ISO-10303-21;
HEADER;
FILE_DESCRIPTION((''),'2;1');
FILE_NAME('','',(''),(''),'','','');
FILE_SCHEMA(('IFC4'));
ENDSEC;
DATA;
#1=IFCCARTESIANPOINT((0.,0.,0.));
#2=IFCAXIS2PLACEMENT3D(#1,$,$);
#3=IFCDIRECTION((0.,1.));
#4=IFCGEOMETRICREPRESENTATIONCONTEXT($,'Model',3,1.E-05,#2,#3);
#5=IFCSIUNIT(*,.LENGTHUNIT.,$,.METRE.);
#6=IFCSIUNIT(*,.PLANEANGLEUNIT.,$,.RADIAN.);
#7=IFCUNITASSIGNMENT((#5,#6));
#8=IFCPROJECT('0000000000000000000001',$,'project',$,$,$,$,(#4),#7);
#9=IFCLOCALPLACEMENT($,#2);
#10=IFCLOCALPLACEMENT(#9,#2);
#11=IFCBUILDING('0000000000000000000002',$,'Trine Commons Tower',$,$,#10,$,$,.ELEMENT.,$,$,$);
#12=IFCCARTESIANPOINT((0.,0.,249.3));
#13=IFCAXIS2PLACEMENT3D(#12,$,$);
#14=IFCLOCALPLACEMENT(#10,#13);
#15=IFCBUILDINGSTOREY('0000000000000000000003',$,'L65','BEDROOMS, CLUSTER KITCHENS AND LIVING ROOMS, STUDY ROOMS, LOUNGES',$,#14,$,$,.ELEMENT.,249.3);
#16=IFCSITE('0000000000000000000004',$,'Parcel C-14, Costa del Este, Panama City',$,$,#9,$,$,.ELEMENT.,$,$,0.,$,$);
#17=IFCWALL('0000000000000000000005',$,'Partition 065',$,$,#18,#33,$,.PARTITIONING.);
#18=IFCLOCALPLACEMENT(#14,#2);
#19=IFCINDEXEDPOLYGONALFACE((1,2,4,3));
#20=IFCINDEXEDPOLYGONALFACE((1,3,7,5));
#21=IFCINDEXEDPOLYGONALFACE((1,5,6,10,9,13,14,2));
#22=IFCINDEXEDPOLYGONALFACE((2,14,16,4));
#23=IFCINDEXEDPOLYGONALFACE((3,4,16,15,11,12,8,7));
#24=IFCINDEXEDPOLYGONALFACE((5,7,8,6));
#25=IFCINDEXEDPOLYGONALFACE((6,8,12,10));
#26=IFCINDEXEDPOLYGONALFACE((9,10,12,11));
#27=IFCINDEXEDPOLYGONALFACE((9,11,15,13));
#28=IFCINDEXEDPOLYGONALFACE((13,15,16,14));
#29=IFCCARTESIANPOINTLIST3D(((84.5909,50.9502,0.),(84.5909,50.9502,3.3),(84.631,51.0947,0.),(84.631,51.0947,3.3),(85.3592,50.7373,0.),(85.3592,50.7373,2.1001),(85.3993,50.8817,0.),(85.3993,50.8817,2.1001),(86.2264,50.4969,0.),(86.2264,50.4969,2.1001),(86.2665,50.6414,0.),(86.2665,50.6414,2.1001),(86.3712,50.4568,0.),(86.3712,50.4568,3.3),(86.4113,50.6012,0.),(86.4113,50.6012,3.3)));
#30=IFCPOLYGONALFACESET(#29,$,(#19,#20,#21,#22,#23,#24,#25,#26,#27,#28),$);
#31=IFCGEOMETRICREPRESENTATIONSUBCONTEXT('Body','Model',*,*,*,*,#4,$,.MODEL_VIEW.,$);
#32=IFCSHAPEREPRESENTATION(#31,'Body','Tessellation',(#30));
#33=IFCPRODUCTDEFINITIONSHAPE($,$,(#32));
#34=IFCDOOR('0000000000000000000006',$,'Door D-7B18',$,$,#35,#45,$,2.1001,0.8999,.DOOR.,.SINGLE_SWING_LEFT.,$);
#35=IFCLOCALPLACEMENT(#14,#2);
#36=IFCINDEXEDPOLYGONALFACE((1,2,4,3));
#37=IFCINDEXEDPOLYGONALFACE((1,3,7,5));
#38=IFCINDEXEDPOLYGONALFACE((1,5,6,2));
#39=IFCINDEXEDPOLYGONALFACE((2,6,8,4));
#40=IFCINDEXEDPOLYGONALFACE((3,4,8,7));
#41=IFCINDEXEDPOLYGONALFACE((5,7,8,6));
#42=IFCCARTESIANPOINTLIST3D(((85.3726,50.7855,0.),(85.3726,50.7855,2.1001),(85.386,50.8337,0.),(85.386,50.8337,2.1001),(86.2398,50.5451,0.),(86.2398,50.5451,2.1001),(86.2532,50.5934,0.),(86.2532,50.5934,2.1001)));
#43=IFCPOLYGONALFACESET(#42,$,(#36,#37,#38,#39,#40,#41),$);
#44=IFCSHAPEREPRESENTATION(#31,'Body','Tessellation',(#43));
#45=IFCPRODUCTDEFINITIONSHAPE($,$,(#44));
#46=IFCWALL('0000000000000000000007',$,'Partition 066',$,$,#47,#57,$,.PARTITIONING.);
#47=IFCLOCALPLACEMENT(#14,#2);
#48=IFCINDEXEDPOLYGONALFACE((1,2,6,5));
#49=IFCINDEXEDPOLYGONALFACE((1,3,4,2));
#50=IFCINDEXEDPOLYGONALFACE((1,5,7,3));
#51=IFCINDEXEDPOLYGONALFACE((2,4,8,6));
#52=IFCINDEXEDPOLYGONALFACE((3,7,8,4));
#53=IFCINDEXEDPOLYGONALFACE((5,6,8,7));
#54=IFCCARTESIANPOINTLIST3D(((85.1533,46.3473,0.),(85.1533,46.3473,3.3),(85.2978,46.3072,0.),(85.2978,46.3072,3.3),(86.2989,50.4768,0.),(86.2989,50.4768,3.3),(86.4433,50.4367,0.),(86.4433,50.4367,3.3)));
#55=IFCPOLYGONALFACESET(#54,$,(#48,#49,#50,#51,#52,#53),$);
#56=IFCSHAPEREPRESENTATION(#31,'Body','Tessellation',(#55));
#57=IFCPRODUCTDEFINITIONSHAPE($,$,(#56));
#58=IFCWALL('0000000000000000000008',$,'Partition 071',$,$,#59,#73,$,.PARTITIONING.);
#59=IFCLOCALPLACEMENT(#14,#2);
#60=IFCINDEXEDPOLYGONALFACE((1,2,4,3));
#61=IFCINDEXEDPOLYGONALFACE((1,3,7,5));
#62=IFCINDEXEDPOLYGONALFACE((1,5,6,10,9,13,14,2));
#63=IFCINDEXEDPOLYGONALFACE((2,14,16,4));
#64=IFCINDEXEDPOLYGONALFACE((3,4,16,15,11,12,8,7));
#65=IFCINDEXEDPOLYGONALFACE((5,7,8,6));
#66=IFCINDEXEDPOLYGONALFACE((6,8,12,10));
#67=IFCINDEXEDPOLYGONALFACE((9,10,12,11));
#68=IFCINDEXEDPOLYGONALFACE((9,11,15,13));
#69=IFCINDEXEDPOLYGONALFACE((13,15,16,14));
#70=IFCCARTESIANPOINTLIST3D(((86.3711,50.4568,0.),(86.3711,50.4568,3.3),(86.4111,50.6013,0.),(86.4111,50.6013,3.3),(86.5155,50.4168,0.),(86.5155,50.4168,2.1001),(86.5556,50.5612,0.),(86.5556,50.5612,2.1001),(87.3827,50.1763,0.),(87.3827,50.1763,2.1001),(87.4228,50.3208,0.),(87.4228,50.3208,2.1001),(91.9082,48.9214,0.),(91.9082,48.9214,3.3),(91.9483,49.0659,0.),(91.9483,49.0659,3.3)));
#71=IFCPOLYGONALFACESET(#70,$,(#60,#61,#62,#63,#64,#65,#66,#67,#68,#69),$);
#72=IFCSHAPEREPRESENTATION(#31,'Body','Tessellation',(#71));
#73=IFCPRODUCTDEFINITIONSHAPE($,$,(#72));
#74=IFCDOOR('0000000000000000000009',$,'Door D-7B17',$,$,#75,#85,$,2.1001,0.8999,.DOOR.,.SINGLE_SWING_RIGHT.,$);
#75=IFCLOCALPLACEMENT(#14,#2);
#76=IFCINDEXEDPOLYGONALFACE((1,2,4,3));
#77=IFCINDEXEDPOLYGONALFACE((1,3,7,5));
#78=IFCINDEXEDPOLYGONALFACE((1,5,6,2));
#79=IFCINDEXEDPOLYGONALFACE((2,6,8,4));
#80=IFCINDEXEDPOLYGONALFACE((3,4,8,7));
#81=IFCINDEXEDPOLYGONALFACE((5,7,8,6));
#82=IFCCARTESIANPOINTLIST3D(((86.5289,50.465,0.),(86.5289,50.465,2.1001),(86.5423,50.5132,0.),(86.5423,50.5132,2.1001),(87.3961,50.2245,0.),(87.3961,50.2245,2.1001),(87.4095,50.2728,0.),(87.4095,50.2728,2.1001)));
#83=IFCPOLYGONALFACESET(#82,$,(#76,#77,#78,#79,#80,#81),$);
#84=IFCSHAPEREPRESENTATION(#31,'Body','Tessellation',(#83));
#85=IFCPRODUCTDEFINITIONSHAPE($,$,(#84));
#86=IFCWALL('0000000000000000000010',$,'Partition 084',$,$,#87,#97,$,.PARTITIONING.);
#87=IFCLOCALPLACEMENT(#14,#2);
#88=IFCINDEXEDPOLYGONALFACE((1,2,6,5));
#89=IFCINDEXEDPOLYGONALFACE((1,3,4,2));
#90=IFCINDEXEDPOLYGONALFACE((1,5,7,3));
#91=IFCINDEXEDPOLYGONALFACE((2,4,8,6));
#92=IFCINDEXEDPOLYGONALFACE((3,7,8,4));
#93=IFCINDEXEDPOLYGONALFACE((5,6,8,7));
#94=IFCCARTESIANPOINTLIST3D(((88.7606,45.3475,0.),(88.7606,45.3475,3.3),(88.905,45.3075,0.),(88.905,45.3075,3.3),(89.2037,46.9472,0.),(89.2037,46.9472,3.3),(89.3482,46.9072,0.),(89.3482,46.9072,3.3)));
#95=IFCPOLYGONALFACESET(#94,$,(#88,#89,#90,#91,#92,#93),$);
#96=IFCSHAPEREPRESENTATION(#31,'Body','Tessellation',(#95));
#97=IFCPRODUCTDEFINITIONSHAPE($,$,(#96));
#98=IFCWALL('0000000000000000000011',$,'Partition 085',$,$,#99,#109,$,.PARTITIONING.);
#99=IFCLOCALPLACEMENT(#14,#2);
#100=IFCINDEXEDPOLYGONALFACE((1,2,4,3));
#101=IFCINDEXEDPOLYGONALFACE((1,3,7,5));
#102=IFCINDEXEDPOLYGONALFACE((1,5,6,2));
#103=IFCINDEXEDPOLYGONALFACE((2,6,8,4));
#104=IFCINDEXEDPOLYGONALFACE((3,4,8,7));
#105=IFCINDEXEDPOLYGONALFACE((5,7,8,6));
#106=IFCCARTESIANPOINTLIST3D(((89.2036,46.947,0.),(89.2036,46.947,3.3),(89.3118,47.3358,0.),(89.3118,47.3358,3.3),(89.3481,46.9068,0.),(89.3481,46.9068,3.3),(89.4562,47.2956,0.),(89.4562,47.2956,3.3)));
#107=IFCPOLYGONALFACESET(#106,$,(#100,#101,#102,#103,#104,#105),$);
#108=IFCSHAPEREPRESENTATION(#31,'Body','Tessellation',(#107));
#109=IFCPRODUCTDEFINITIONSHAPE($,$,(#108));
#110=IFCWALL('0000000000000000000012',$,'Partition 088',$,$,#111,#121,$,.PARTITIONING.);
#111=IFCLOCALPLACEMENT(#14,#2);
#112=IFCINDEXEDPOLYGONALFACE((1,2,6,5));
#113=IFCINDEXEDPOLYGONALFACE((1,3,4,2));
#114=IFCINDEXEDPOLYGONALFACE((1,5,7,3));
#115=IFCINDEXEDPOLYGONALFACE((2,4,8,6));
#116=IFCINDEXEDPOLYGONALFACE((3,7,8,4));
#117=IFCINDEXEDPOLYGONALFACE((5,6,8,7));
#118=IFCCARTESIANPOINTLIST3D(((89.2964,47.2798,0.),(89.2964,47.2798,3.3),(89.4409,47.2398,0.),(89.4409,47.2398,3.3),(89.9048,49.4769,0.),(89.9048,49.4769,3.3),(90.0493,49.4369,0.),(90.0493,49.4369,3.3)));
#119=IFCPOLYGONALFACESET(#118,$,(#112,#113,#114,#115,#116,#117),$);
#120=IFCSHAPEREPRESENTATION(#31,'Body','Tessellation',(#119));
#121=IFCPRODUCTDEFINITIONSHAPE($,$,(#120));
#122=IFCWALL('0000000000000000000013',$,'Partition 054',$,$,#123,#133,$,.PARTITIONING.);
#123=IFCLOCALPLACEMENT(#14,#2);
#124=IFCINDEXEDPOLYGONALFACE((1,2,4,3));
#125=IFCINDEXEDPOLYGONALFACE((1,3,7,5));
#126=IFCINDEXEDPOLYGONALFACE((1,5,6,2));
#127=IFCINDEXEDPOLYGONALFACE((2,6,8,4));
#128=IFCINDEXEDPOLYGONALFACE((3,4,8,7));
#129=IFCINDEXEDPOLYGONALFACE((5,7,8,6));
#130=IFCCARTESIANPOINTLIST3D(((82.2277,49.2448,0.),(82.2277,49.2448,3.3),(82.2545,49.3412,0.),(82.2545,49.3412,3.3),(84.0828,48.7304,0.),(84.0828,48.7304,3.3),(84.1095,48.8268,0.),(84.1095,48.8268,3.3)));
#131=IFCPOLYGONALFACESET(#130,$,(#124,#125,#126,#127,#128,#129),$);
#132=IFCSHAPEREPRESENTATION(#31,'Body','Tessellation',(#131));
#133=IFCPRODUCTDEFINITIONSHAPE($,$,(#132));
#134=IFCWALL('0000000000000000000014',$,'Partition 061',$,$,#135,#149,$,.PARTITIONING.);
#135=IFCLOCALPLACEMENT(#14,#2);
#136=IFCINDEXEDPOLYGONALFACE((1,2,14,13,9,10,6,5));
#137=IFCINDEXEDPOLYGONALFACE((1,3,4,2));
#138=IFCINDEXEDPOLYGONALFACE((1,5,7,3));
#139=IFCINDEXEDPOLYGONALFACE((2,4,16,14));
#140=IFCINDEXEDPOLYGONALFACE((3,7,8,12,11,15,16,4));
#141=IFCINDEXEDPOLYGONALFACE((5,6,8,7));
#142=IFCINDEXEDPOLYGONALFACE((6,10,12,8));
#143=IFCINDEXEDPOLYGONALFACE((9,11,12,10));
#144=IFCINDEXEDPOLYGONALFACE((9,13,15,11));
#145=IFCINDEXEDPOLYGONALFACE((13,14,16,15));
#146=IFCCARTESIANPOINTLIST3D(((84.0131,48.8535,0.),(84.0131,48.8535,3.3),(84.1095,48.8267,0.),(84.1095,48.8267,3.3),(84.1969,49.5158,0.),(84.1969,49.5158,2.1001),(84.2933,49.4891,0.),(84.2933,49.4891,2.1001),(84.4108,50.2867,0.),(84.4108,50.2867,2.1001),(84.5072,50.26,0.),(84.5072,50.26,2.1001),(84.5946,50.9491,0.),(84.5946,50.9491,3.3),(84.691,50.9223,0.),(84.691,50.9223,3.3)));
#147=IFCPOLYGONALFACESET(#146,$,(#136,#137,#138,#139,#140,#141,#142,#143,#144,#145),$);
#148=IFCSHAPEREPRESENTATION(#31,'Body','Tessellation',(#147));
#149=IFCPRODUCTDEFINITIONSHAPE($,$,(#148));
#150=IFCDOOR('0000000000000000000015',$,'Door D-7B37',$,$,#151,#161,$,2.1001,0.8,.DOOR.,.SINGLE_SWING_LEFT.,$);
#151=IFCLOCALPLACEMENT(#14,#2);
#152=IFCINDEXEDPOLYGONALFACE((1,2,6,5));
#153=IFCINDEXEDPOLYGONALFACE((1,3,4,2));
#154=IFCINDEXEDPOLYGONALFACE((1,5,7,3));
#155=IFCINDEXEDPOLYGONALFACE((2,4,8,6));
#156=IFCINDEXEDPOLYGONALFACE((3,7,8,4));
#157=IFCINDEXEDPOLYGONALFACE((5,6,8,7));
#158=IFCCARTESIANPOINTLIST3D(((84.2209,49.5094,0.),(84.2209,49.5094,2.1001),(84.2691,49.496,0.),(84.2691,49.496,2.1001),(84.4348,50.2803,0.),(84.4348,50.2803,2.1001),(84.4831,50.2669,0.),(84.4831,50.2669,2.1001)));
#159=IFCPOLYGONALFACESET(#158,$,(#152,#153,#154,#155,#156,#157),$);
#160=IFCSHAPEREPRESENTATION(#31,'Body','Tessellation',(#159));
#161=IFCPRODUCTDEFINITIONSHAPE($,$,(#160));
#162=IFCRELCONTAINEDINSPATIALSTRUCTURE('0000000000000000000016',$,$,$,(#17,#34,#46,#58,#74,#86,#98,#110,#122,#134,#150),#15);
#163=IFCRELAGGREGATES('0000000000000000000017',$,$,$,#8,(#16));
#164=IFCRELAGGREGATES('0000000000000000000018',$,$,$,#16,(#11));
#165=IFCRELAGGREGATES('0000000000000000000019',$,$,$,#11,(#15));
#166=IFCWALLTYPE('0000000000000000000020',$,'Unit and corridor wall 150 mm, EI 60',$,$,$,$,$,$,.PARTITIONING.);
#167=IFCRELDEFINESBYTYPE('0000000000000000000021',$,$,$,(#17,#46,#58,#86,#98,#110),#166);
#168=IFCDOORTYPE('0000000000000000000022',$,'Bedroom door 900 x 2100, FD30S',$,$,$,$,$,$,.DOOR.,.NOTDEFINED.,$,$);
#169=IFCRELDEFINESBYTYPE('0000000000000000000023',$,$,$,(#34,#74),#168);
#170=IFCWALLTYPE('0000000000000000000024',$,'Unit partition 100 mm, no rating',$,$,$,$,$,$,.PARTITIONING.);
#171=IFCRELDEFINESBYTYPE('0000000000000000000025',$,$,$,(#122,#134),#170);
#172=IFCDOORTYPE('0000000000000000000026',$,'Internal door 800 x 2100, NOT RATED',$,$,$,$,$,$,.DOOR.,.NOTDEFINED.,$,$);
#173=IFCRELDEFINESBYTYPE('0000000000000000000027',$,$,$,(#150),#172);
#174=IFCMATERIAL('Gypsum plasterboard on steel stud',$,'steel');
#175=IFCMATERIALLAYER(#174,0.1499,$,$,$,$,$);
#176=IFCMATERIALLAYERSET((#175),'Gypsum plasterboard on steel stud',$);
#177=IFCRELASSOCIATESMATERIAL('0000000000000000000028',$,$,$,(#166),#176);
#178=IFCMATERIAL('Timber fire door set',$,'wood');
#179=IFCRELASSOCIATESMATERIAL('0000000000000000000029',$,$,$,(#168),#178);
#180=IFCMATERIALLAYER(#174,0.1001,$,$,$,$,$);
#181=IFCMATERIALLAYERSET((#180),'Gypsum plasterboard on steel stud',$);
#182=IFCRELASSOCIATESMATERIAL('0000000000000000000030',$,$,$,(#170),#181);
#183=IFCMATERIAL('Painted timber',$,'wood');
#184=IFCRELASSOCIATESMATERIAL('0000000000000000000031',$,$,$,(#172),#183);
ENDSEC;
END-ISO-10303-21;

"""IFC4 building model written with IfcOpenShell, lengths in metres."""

from ifc_helpers import new_model, si_unit, direction, frame, frame_2d, origin, place, context, subcontext, project, spatial, rectangle, extrude, material, layer, layer_set, type_object, element, fill, save


model = new_model("IFC4")

# Units and contexts
model_context = context("Model", 3, precision=1e-05, world=origin(), true_north=direction((0.0, 1.0)))
body_context = subcontext(model_context, "Body", "Model", "MODEL_VIEW")
ifc_project = project(units=[si_unit("LENGTHUNIT", "METRE"), si_unit("PLANEANGLEUNIT", "RADIAN")], contexts=[model_context])

# Site, building, storey
site_placement = place(None, origin())
site = spatial("IfcSite", under=ifc_project, at=site_placement, Name="Parcel C-14, Costa del Este, Panama City", CompositionType="ELEMENT", RefElevation=0.0)
building_placement = place(site_placement, origin())
building = spatial("IfcBuilding", under=site, at=building_placement, Name="Trine Commons Tower", CompositionType="ELEMENT")
storey_placement = place(building_placement, frame((0.0, 0.0, 249.3)))
storey = spatial("IfcBuildingStorey", under=building, at=storey_placement, Name="L65", Description="BEDROOMS, CLUSTER KITCHENS AND LIVING ROOMS, STUDY ROOMS, LOUNGES", CompositionType="ELEMENT", Elevation=249.3)

# Shared definitions
ifc_material_1 = material(Name="Gypsum plasterboard on steel stud", Category="steel")
ifc_layer_1 = layer(ifc_material_1, 0.1499)
ifc_layer_set_1 = layer_set([ifc_layer_1], Name="Gypsum plasterboard on steel stud")
wall_type_1 = type_object("IfcWallType", Name="Unit and corridor wall 150 mm, EI 60", PredefinedType="PARTITIONING", material=ifc_layer_set_1)
ifc_material_2 = material(Name="Painted timber", Category="wood")

# Wall, opening, door
ifc_material_3 = material(Name="Timber fire door set", Category="wood")
wall_1_placement = place(storey_placement, frame((84.6108, 51.0225, 0.0), z_axis=(0.0, 0.0, 1.0), x_axis=(0.963673, -0.267085, 0.0)))
wall_1 = element("IfcWall", 1, at=wall_1_placement, inside=storey, type_object=wall_type_1, Name="Partition 065", PredefinedType="PARTITIONING", context=body_context, shape_type="SweptSolid", body=[
    extrude(rectangle(XDim=1.8474, YDim=0.1499, at=frame_2d((0.9238, 0.0))), origin(), (0.0, 0.0, 1.0), 3.3),
])
opening_1_placement = place(wall_1_placement, frame((0.7974, 0.0, 0.0)))
opening_1 = element("IfcOpeningElement", 2, at=opening_1_placement, cuts=wall_1, PredefinedType="OPENING", context=body_context, shape_type="SweptSolid", body=[
    extrude(rectangle(XDim=0.8999, YDim=2.1001, at=frame_2d((0.45, 1.05))), frame((0.0, 0.085, 0.0), z_axis=(0.0, -1.0, 0.0), x_axis=(1.0, 0.0, 0.0)), (0.0, 0.0, 1.0), 0.1699),
])
door_type_1 = type_object("IfcDoorType", Name="Bedroom door 900 x 2100, FD30S", OperationType="NOTDEFINED", PredefinedType="DOOR", material=ifc_material_3)
door_1_placement = place(opening_1_placement, frame((0.8999, 0.0, 0.0), z_axis=(0.0, 0.0, 1.0), x_axis=(-1.0, 0.0, 0.0)))
door_1 = element("IfcDoor", 3, at=door_1_placement, inside=storey, type_object=door_type_1, Name="Door D-7B18", OperationType="SINGLE_SWING_LEFT", OverallHeight=2.1001, OverallWidth=0.8999, PredefinedType="DOOR", context=body_context, shape_type="SweptSolid", body=[
    extrude(rectangle(XDim=0.8999, YDim=2.1001, at=frame_2d((0.45, 1.05))), frame((0.0, 0.0249, 0.0), z_axis=(0.0, -1.0, 0.0), x_axis=(1.0, 0.0, 0.0)), (0.0, 0.0, 1.0), 0.05),
])
fill(opening_1, door_1)

# Wall
wall_2_placement = place(storey_placement, frame((85.2256, 46.3274, 0.0), z_axis=(0.0, 0.0, 1.0), x_axis=(0.267309, 0.963611, 0.0)))
element("IfcWall", 4, at=wall_2_placement, inside=storey, type_object=wall_type_1, Name="Partition 066", PredefinedType="PARTITIONING", context=body_context, shape_type="SweptSolid", body=[
    extrude(rectangle(XDim=4.2854, YDim=0.1499, at=frame_2d((2.1426, 0.0))), origin(), (0.0, 0.0, 1.0), 3.3),
])

# Wall, opening, door
wall_3_placement = place(storey_placement, frame((86.3911, 50.5291, 0.0), z_axis=(0.0, 0.0, 1.0), x_axis=(0.963638, -0.26721, 0.0)))
wall_3 = element("IfcWall", 5, at=wall_3_placement, inside=storey, type_object=wall_type_1, Name="Partition 071", PredefinedType="PARTITIONING", context=body_context, shape_type="SweptSolid", body=[
    extrude(rectangle(XDim=5.7461, YDim=0.1499, at=frame_2d((2.873, 0.0))), origin(), (0.0, 0.0, 1.0), 3.3),
])
opening_2_placement = place(wall_3_placement, frame((0.1499, 0.0, 0.0)))
opening_2 = element("IfcOpeningElement", 6, at=opening_2_placement, cuts=wall_3, PredefinedType="OPENING", context=body_context, shape_type="SweptSolid", body=[
    extrude(rectangle(XDim=0.8999, YDim=2.1001, at=frame_2d((0.45, 1.05))), frame((0.0, 0.085, 0.0), z_axis=(0.0, -1.0, 0.0), x_axis=(1.0, 0.0, 0.0)), (0.0, 0.0, 1.0), 0.1699),
])
door_2_placement = place(opening_2_placement, frame((0.8999, 0.0, 0.0), z_axis=(0.0, 0.0, 1.0), x_axis=(-1.0, 0.0, 0.0)))
door_2 = element("IfcDoor", 7, at=door_2_placement, inside=storey, type_object=door_type_1, Name="Door D-7B17", OperationType="SINGLE_SWING_RIGHT", OverallHeight=2.1001, OverallWidth=0.8999, PredefinedType="DOOR", context=body_context, shape_type="SweptSolid", body=[
    extrude(rectangle(XDim=0.8999, YDim=2.1001, at=frame_2d((0.45, 1.05))), frame((0.0, 0.0249, 0.0), z_axis=(0.0, -1.0, 0.0), x_axis=(1.0, 0.0, 0.0)), (0.0, 0.0, 1.0), 0.05),
])
fill(opening_2, door_2)

# Walls
wall_4_placement = place(storey_placement, frame((88.8328, 45.3274, 0.0), z_axis=(0.0, 0.0, 1.0), x_axis=(0.266961, 0.963707, 0.0)))
element("IfcWall", 8, at=wall_4_placement, inside=storey, type_object=wall_type_1, Name="Partition 084", PredefinedType="PARTITIONING", context=body_context, shape_type="SweptSolid", body=[
    extrude(rectangle(XDim=1.6599, YDim=0.1499, at=frame_2d((0.8301, 0.0))), origin(), (0.0, 0.0, 1.0), 3.3),
])
wall_5_placement = place(storey_placement, frame((89.2759, 46.927, 0.0), z_axis=(0.0, 0.0, 1.0), x_axis=(0.267925, 0.96344, 0.0)))
element("IfcWall", 9, at=wall_5_placement, inside=storey, type_object=wall_type_1, Name="Partition 085", PredefinedType="PARTITIONING", context=body_context, shape_type="SweptSolid", body=[
    extrude(rectangle(XDim=0.4036, YDim=0.1499, at=frame_2d((0.2017, 0.0))), origin(), (0.0, 0.0, 1.0), 3.3),
])
wall_6_placement = place(storey_placement, frame((89.3687, 47.2598, 0.0), z_axis=(0.0, 0.0, 1.0), x_axis=(0.266876, 0.963731, 0.0)))
element("IfcWall", 10, at=wall_6_placement, inside=storey, type_object=wall_type_1, Name="Partition 088", PredefinedType="PARTITIONING", context=body_context, shape_type="SweptSolid", body=[
    extrude(rectangle(XDim=2.2798, YDim=0.1499, at=frame_2d((1.1399, 0.0))), origin(), (0.0, 0.0, 1.0), 3.3),
])
ifc_layer_2 = layer(ifc_material_1, 0.1001)
ifc_layer_set_2 = layer_set([ifc_layer_2], Name="Gypsum plasterboard on steel stud")
wall_type_2 = type_object("IfcWallType", Name="Unit partition 100 mm, no rating", PredefinedType="PARTITIONING", material=ifc_layer_set_2)
wall_7_placement = place(storey_placement, frame((82.2412, 49.293, 0.0), z_axis=(0.0, 0.0, 1.0), x_axis=(0.963634, -0.267225, 0.0)))
element("IfcWall", 11, at=wall_7_placement, inside=storey, type_object=wall_type_2, Name="Partition 054", PredefinedType="PARTITIONING", context=body_context, shape_type="SweptSolid", body=[
    extrude(rectangle(XDim=1.925, YDim=0.1001, at=frame_2d((0.9624, 0.0))), origin(), (0.0, 0.0, 1.0), 3.3),
])

# Wall, opening, door
wall_8_placement = place(storey_placement, frame((84.0613, 48.8401, 0.0), z_axis=(0.0, 0.0, 1.0), x_axis=(0.267389, 0.963589, 0.0)))
wall_8 = element("IfcWall", 12, at=wall_8_placement, inside=storey, type_object=wall_type_2, Name="Partition 061", PredefinedType="PARTITIONING", context=body_context, shape_type="SweptSolid", body=[
    extrude(rectangle(XDim=2.1748, YDim=0.1001, at=frame_2d((1.0874, 0.0))), origin(), (0.0, 0.0, 1.0), 3.3),
])
opening_3_placement = place(wall_8_placement, frame((0.6875, 0.0, 0.0)))
opening_3 = element("IfcOpeningElement", 13, at=opening_3_placement, cuts=wall_8, PredefinedType="OPENING", context=body_context, shape_type="SweptSolid", body=[
    extrude(rectangle(XDim=0.8, YDim=2.1001, at=frame_2d((0.3999, 1.05))), frame((0.0, 0.0601, 0.0), z_axis=(0.0, -1.0, 0.0), x_axis=(1.0, 0.0, 0.0)), (0.0, 0.0, 1.0), 0.1201),
])
door_type_2 = type_object("IfcDoorType", Name="Internal door 800 x 2100, NOT RATED", OperationType="NOTDEFINED", PredefinedType="DOOR", material=ifc_material_2)
door_3_placement = place(opening_3_placement, frame((0.8, 0.0, 0.0), z_axis=(0.0, 0.0, 1.0), x_axis=(-1.0, 0.0, 0.0)))
door_3 = element("IfcDoor", 14, at=door_3_placement, inside=storey, type_object=door_type_2, Name="Door D-7B37", OperationType="SINGLE_SWING_LEFT", OverallHeight=2.1001, OverallWidth=0.8, PredefinedType="DOOR", context=body_context, shape_type="SweptSolid", body=[
    extrude(rectangle(XDim=0.8, YDim=2.1001, at=frame_2d((0.3999, 1.05))), frame((0.0, 0.0249, 0.0), z_axis=(0.0, -1.0, 0.0), x_axis=(1.0, 0.0, 0.0)), (0.0, 0.0, 1.0), 0.05),
])
fill(opening_3, door_3)

save(model, "model.ifc")
